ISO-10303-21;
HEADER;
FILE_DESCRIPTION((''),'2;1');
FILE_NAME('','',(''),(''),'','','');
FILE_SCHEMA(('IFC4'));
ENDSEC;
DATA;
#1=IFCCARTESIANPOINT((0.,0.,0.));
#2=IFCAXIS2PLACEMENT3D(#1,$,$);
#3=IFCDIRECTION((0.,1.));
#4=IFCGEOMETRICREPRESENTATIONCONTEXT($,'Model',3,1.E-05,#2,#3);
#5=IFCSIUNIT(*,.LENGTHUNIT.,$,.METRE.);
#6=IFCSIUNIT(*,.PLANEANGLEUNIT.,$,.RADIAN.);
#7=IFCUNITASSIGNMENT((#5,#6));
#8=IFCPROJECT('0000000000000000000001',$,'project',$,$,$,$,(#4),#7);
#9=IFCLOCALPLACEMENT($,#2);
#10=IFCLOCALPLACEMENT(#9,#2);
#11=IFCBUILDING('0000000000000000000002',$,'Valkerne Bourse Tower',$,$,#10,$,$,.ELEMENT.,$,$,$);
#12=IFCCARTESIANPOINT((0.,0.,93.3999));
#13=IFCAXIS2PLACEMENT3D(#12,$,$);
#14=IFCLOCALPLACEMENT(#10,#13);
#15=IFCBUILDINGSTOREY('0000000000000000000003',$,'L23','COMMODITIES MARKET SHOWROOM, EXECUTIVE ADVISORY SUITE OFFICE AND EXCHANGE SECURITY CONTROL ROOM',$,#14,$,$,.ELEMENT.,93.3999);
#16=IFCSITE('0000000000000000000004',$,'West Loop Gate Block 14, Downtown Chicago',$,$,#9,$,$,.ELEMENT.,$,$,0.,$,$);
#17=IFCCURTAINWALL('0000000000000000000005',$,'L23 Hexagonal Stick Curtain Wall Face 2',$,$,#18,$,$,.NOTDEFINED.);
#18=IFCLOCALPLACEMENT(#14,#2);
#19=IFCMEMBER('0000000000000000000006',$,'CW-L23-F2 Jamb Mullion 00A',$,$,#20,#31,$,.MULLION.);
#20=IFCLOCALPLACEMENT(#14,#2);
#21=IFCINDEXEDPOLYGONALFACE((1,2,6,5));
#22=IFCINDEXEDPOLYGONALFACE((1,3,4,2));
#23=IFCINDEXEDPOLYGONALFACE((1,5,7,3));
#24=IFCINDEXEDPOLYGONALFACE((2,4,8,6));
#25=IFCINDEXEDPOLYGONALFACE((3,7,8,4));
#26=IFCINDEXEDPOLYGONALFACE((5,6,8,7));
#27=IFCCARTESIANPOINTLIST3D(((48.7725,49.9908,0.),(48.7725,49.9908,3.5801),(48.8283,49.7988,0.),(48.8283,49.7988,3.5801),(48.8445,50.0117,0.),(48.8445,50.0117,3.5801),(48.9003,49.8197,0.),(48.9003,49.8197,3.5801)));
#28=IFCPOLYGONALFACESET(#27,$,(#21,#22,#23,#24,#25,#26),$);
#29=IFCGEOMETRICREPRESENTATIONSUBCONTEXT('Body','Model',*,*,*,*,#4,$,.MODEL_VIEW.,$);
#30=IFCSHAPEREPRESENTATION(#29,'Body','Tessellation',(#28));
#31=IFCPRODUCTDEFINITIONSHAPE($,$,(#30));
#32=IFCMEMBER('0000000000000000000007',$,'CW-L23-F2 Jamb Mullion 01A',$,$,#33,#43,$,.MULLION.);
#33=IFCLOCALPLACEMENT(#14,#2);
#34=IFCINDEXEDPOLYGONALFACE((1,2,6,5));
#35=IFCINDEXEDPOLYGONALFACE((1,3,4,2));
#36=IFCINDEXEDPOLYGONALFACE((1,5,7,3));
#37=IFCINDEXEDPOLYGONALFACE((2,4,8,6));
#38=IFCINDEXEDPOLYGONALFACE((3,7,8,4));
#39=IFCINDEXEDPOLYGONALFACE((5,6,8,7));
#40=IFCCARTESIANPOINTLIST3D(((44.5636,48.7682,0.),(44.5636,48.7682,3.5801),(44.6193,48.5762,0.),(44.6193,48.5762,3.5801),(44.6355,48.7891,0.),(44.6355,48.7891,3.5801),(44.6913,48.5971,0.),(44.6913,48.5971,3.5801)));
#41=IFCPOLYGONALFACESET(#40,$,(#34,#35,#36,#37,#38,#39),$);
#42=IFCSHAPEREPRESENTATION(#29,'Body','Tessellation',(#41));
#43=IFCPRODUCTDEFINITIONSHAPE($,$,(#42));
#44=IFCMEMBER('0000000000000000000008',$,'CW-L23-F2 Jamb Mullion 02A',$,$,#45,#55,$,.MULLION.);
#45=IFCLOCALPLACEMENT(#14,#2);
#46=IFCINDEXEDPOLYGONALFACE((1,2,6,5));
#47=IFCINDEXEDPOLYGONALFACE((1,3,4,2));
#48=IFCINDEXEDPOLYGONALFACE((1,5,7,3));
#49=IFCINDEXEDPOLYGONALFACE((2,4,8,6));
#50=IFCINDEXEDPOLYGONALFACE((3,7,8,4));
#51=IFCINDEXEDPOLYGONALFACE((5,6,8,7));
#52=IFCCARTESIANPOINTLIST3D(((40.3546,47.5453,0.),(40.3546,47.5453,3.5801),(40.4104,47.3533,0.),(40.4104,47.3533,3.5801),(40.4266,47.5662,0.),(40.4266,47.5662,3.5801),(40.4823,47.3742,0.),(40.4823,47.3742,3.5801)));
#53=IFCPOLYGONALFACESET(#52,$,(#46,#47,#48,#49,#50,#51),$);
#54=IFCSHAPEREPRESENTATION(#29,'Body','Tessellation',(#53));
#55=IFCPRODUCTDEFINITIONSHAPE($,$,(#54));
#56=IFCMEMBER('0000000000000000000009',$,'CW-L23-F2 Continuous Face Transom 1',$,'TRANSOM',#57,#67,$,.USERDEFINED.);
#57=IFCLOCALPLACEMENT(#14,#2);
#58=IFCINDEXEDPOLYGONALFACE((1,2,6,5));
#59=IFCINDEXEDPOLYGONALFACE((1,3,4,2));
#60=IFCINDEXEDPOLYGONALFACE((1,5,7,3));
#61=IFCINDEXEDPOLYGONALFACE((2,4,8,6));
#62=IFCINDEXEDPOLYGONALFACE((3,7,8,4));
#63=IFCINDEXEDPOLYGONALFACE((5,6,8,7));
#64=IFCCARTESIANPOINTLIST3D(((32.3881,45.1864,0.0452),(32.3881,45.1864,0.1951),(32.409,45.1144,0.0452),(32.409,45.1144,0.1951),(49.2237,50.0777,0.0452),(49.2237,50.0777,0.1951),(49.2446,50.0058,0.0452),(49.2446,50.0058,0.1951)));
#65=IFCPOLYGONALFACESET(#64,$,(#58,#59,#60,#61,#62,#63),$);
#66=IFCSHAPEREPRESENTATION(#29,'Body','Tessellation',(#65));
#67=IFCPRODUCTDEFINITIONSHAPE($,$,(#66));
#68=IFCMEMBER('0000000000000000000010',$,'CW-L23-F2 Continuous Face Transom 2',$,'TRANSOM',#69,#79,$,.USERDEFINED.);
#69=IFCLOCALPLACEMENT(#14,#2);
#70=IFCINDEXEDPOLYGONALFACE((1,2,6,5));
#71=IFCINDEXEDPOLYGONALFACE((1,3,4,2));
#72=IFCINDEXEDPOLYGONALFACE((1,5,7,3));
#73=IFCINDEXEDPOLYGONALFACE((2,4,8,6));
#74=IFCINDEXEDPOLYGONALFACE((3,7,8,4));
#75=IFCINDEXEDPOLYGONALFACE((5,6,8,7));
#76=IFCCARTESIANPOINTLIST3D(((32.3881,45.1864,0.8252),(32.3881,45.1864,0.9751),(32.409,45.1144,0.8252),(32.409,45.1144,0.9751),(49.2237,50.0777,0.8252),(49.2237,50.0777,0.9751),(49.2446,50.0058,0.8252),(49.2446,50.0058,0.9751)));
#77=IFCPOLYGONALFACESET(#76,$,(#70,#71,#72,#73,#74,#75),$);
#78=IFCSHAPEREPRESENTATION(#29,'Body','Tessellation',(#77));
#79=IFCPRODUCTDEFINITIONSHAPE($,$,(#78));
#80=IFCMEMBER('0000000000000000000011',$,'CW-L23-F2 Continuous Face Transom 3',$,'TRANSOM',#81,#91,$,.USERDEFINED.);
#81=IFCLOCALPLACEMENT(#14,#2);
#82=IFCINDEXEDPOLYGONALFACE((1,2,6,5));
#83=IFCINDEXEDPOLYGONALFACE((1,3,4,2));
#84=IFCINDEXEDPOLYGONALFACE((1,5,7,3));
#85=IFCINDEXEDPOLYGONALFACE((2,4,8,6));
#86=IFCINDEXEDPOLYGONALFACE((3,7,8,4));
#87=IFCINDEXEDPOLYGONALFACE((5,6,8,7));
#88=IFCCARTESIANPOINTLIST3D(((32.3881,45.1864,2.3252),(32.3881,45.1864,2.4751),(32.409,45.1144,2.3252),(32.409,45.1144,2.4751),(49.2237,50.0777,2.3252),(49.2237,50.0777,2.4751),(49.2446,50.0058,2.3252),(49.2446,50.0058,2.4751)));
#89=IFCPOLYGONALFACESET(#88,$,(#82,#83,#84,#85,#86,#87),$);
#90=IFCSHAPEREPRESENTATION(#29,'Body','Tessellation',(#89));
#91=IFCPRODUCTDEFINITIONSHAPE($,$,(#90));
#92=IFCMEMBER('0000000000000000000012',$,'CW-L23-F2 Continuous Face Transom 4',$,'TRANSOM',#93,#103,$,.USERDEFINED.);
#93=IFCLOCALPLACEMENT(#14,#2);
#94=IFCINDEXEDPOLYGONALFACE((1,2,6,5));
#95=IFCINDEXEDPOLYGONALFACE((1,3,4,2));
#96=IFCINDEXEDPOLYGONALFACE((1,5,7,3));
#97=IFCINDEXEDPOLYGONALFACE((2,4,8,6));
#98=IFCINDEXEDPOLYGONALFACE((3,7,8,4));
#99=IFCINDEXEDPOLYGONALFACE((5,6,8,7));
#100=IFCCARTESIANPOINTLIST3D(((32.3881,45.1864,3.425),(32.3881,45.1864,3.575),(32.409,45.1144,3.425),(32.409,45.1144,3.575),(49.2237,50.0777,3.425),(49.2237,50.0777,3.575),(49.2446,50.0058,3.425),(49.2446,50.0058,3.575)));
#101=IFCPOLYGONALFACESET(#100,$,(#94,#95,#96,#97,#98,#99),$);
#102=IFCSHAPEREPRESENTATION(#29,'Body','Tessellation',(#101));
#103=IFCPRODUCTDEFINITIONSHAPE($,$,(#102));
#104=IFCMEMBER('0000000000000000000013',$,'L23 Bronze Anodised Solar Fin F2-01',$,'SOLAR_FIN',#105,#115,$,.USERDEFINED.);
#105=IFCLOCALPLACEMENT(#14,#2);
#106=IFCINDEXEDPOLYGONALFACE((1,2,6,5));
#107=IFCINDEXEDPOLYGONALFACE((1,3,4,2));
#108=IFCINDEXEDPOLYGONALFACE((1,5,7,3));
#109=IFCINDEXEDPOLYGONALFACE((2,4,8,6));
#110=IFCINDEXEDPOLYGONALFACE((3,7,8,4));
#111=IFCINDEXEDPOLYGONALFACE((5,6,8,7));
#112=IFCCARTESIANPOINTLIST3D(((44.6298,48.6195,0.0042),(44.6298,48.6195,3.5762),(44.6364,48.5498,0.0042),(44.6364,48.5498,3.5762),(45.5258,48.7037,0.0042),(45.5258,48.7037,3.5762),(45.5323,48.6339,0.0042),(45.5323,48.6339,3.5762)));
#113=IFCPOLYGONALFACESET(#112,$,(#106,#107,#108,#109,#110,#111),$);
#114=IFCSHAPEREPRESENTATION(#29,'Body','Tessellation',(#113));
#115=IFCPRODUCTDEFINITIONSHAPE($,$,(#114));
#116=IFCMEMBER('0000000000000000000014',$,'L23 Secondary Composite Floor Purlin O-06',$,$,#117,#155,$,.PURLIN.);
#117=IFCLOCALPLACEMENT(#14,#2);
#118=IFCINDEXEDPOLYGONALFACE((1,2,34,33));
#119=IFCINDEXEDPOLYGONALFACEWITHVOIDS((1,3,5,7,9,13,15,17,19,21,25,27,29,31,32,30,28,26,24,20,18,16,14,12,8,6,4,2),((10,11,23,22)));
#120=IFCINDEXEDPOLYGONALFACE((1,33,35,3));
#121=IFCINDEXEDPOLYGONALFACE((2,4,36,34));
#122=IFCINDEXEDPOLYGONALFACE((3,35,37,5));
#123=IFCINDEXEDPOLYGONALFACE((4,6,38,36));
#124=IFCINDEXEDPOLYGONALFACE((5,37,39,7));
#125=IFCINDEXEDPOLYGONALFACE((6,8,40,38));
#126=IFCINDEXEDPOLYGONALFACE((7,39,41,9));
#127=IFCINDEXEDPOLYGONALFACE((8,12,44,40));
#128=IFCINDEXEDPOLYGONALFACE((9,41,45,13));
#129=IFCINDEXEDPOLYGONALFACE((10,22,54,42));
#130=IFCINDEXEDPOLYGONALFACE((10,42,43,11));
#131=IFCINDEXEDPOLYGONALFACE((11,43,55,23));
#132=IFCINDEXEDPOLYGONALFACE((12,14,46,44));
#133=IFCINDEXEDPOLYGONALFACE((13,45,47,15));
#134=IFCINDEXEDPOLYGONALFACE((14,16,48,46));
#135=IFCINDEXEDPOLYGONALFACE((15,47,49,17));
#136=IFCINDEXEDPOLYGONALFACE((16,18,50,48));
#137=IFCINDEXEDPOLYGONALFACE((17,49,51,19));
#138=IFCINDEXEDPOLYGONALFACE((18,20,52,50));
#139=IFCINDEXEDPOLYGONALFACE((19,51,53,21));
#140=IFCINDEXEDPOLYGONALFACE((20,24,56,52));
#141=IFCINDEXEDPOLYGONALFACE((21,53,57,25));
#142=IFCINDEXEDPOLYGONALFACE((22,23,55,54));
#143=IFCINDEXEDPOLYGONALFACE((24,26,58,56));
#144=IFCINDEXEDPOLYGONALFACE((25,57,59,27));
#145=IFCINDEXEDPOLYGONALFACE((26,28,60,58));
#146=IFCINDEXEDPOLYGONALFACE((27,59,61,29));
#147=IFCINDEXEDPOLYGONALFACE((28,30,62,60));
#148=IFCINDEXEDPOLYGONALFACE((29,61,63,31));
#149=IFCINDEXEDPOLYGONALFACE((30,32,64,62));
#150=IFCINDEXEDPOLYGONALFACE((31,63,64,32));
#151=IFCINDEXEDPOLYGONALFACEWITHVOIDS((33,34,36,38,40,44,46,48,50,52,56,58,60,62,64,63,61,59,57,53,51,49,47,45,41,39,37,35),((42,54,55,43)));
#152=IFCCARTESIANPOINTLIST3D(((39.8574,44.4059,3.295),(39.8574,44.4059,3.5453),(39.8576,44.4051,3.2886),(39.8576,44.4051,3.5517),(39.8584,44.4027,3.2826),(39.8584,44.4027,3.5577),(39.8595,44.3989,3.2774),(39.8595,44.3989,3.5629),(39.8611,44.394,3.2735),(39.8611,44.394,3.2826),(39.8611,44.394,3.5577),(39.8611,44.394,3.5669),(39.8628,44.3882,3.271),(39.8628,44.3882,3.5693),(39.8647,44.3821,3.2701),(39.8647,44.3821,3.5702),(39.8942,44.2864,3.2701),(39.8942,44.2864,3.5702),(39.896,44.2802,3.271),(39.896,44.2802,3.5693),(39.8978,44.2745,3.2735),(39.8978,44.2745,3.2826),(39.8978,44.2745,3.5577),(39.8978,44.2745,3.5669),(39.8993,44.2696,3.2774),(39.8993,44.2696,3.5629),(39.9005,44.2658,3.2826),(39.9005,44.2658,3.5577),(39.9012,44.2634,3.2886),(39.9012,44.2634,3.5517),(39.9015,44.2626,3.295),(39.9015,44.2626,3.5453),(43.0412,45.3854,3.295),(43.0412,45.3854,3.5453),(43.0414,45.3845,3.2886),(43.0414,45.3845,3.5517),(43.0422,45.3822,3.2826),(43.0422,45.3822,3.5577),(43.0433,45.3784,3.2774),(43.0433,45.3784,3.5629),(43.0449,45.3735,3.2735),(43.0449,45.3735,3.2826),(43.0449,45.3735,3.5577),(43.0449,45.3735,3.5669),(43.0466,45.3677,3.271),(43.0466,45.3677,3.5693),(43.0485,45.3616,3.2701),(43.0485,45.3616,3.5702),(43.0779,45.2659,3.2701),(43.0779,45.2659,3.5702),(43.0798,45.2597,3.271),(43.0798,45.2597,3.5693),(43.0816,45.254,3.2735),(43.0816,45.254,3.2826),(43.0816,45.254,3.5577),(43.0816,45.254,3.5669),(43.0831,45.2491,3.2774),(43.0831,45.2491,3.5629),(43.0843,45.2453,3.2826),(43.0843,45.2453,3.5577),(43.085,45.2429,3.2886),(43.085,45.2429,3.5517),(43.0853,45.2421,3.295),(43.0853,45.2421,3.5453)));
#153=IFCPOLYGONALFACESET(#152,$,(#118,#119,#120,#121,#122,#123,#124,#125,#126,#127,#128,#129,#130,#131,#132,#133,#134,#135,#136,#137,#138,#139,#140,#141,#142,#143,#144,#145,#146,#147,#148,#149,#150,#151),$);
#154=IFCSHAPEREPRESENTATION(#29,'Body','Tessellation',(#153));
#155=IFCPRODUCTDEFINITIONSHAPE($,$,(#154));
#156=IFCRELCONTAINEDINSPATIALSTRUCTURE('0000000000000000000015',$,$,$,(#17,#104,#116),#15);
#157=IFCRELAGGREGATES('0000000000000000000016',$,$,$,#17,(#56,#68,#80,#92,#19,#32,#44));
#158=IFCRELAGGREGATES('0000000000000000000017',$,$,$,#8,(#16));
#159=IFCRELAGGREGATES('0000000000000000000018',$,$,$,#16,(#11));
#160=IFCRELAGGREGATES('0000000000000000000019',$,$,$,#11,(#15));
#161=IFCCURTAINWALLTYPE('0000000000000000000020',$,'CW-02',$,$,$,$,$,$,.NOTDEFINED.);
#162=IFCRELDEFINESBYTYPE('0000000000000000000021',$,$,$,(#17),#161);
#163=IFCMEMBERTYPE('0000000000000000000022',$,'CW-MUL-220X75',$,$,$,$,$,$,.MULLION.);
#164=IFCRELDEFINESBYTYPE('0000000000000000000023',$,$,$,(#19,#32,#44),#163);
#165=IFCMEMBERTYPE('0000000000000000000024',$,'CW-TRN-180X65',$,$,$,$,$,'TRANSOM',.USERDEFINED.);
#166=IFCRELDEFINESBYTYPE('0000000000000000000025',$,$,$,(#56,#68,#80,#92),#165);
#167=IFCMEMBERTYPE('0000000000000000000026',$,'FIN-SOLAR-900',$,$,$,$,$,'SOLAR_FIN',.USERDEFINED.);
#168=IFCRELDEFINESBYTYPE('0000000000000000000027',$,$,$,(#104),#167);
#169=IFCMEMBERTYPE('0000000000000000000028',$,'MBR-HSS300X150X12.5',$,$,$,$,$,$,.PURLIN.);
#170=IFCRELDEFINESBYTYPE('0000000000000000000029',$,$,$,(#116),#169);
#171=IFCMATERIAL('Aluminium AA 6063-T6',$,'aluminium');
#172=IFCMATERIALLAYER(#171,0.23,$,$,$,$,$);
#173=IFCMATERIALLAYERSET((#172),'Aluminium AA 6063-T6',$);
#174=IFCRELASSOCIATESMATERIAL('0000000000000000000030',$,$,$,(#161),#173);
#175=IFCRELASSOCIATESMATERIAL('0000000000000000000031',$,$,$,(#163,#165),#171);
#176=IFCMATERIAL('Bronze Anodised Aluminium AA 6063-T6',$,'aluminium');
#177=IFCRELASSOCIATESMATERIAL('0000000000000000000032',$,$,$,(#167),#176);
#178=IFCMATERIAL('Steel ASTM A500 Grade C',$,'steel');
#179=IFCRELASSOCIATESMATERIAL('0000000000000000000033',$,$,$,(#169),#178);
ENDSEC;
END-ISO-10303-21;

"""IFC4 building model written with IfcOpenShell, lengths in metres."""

from ifc_helpers import new_model, si_unit, direction, frame, origin, origin_2d, place, context, subcontext, project, spatial, rectangle, hollow_rectangle, extrude, material, layer, layer_set, material_profile, profile_set, type_object, element, aggregate, save


model = new_model("IFC4")

# Units and contexts
model_context = context("Model", 3, precision=1e-05, world=origin(), true_north=direction((0.0, 1.0)))
body_context = subcontext(model_context, "Body", "Model", "MODEL_VIEW")
ifc_project = project(units=[si_unit("LENGTHUNIT", "METRE"), si_unit("PLANEANGLEUNIT", "RADIAN")], contexts=[model_context])

# Site, building, storey
site_placement = place(None, origin())
site = spatial("IfcSite", under=ifc_project, at=site_placement, Name="West Loop Gate Block 14, Downtown Chicago", CompositionType="ELEMENT", RefElevation=0.0)
building_placement = place(site_placement, origin())
building = spatial("IfcBuilding", under=site, at=building_placement, Name="Valkerne Bourse Tower", CompositionType="ELEMENT")
storey_placement = place(building_placement, frame((0.0, 0.0, 93.3999)))
storey = spatial("IfcBuildingStorey", under=building, at=storey_placement, Name="L23", Description="COMMODITIES MARKET SHOWROOM, EXECUTIVE ADVISORY SUITE OFFICE AND EXCHANGE SECURITY CONTROL ROOM", CompositionType="ELEMENT", Elevation=93.3999)

# Curtain wall, members
ifc_material_1 = material(Name="Aluminium AA 6063-T6", Category="aluminium")
ifc_layer_1 = layer(ifc_material_1, 0.23)
ifc_layer_set_1 = layer_set([ifc_layer_1], Name="Aluminium AA 6063-T6")
curtain_wall_type = type_object("IfcCurtainWallType", Name="CW-02", PredefinedType="NOTDEFINED", material=ifc_layer_set_1)
curtain_wall_placement = place(storey_placement, origin())
curtain_wall = element("IfcCurtainWall", 1, at=curtain_wall_placement, inside=storey, type_object=curtain_wall_type, Name="L23 Hexagonal Stick Curtain Wall Face 2", PredefinedType="NOTDEFINED")
ifc_material_profile_1 = material_profile(ifc_material_1, rectangle(XDim=0.075, YDim=0.2, at=origin_2d()), Name="CWM-75X200")
ifc_profile_set_1 = profile_set([ifc_material_profile_1], Name="Aluminium AA 6063-T6")
member_type_1 = type_object("IfcMemberType", Name="CW-MUL-220X75", PredefinedType="MULLION", material=ifc_profile_set_1)
member_1_placement = place(storey_placement, frame((48.8364, 49.9053, 0.0), z_axis=(0.0, 0.0, 1.0), x_axis=(-0.960294, -0.278991, 0.0)))
member_1 = element("IfcMember", 2, at=member_1_placement, type_object=member_type_1, Name="CW-L23-F2 Jamb Mullion 00A", PredefinedType="MULLION", context=body_context, shape_type="SweptSolid", body=[
    extrude(rectangle(XDim=0.075, YDim=0.2, at=origin_2d()), origin(), (0.0, 0.0, 1.0), 3.5801),
])
member_2_placement = place(storey_placement, frame((44.6274, 48.6826, 0.0), z_axis=(0.0, 0.0, 1.0), x_axis=(-0.960295, -0.278985, 0.0)))
member_2 = element("IfcMember", 3, at=member_2_placement, type_object=member_type_1, Name="CW-L23-F2 Jamb Mullion 01A", PredefinedType="MULLION", context=body_context, shape_type="SweptSolid", body=[
    extrude(rectangle(XDim=0.075, YDim=0.2, at=origin_2d()), origin(), (0.0, 0.0, 1.0), 3.5801),
])
member_3_placement = place(storey_placement, frame((40.4185, 47.4597, 0.0), z_axis=(0.0, 0.0, 1.0), x_axis=(-0.960295, -0.278985, 0.0)))
member_3 = element("IfcMember", 4, at=member_3_placement, type_object=member_type_1, Name="CW-L23-F2 Jamb Mullion 02A", PredefinedType="MULLION", context=body_context, shape_type="SweptSolid", body=[
    extrude(rectangle(XDim=0.075, YDim=0.2, at=origin_2d()), origin(), (0.0, 0.0, 1.0), 3.5801),
])
ifc_material_profile_2 = material_profile(ifc_material_1, rectangle(XDim=0.075, YDim=0.1499, at=origin_2d()), Name="CWT-75X150")
ifc_profile_set_2 = profile_set([ifc_material_profile_2], Name="Aluminium AA 6063-T6")
member_type_2 = type_object("IfcMemberType", Name="CW-TRN-180X65", ElementType="TRANSOM", PredefinedType="USERDEFINED", material=ifc_profile_set_2)
member_4_placement = place(storey_placement, frame((49.2341, 50.0417, 0.1201), z_axis=(-0.960292, -0.278998, 0.0), x_axis=(0.278998, -0.960292, 0.0)))
member_4 = element("IfcMember", 5, at=member_4_placement, type_object=member_type_2, Name="CW-L23-F2 Continuous Face Transom 1", ObjectType="TRANSOM", PredefinedType="USERDEFINED", context=body_context, shape_type="SweptSolid", body=[
    extrude(rectangle(XDim=0.075, YDim=0.1499, at=origin_2d()), origin(), (0.0, 0.0, 1.0), 17.5317),
])
member_5_placement = place(storey_placement, frame((49.2341, 50.0417, 0.9001), z_axis=(-0.960292, -0.278998, 0.0), x_axis=(0.278998, -0.960292, 0.0)))
member_5 = element("IfcMember", 6, at=member_5_placement, type_object=member_type_2, Name="CW-L23-F2 Continuous Face Transom 2", ObjectType="TRANSOM", PredefinedType="USERDEFINED", context=body_context, shape_type="SweptSolid", body=[
    extrude(rectangle(XDim=0.075, YDim=0.1499, at=origin_2d()), origin(), (0.0, 0.0, 1.0), 17.5317),
])
member_6_placement = place(storey_placement, frame((49.2341, 50.0417, 2.4001), z_axis=(-0.960292, -0.278998, 0.0), x_axis=(0.278998, -0.960292, 0.0)))
member_6 = element("IfcMember", 7, at=member_6_placement, type_object=member_type_2, Name="CW-L23-F2 Continuous Face Transom 3", ObjectType="TRANSOM", PredefinedType="USERDEFINED", context=body_context, shape_type="SweptSolid", body=[
    extrude(rectangle(XDim=0.075, YDim=0.1499, at=origin_2d()), origin(), (0.0, 0.0, 1.0), 17.5317),
])
member_7_placement = place(storey_placement, frame((49.2341, 50.0417, 3.5), z_axis=(-0.960292, -0.278998, 0.0), x_axis=(0.278998, -0.960292, 0.0)))
member_7 = element("IfcMember", 8, at=member_7_placement, type_object=member_type_2, Name="CW-L23-F2 Continuous Face Transom 4", ObjectType="TRANSOM", PredefinedType="USERDEFINED", context=body_context, shape_type="SweptSolid", body=[
    extrude(rectangle(XDim=0.075, YDim=0.1499, at=origin_2d()), origin(), (0.0, 0.0, 1.0), 17.5317),
])

# Members
ifc_material_2 = material(Name="Bronze Anodised Aluminium AA 6063-T6", Category="aluminium")
ifc_material_profile_3 = material_profile(ifc_material_2, rectangle(XDim=0.0701, YDim=0.8999, at=origin_2d()), Name="FIN-70X900")
ifc_profile_set_3 = profile_set([ifc_material_profile_3], Name="Bronze Anodised Aluminium AA 6063-T6")
member_type_3 = type_object("IfcMemberType", Name="FIN-SOLAR-900", ElementType="SOLAR_FIN", PredefinedType="USERDEFINED", material=ifc_profile_set_3)
member_8_placement = place(storey_placement, frame((45.0811, 48.6267, 0.0042), z_axis=(0.0, 0.0, 1.0), x_axis=(-0.093517, 0.995618, 0.0)))
element("IfcMember", 9, at=member_8_placement, inside=storey, type_object=member_type_3, Name="L23 Bronze Anodised Solar Fin F2-01", ObjectType="SOLAR_FIN", PredefinedType="USERDEFINED", context=body_context, shape_type="SweptSolid", body=[
    extrude(rectangle(XDim=0.0701, YDim=0.8999, at=origin_2d()), origin(), (0.0, 0.0, 1.0), 3.572),
])
ifc_material_3 = material(Name="Steel ASTM A500 Grade C", Category="steel")
ifc_material_profile_4 = material_profile(ifc_material_3, hollow_rectangle(XDim=0.1499, YDim=0.3, WallThickness=0.0125, OuterFilletRadius=0.0249, at=origin_2d()), Name="HSS300X150X12.5")
ifc_profile_set_4 = profile_set([ifc_material_profile_4], Name="Steel ASTM A500 Grade C")
member_type_4 = type_object("IfcMemberType", Name="MBR-HSS300X150X12.5", PredefinedType="PURLIN", material=ifc_profile_set_4)
member_9_placement = place(storey_placement, frame((43.0632, 45.3137, 3.4202), z_axis=(-0.955792, -0.294045, 0.0), x_axis=(0.294045, -0.955792, 0.0)))
element("IfcMember", 10, at=member_9_placement, inside=storey, type_object=member_type_4, Name="L23 Secondary Composite Floor Purlin O-06", PredefinedType="PURLIN", context=body_context, shape_type="SweptSolid", body=[
    extrude(hollow_rectangle(XDim=0.1499, YDim=0.3, WallThickness=0.0125, OuterFilletRadius=0.0249, at=origin_2d()), origin(), (0.0, 0.0, 1.0), 3.3311),
])

aggregate(curtain_wall, [member_4, member_5, member_6, member_7, member_1, member_2, member_3])

save(model, "model.ifc")
